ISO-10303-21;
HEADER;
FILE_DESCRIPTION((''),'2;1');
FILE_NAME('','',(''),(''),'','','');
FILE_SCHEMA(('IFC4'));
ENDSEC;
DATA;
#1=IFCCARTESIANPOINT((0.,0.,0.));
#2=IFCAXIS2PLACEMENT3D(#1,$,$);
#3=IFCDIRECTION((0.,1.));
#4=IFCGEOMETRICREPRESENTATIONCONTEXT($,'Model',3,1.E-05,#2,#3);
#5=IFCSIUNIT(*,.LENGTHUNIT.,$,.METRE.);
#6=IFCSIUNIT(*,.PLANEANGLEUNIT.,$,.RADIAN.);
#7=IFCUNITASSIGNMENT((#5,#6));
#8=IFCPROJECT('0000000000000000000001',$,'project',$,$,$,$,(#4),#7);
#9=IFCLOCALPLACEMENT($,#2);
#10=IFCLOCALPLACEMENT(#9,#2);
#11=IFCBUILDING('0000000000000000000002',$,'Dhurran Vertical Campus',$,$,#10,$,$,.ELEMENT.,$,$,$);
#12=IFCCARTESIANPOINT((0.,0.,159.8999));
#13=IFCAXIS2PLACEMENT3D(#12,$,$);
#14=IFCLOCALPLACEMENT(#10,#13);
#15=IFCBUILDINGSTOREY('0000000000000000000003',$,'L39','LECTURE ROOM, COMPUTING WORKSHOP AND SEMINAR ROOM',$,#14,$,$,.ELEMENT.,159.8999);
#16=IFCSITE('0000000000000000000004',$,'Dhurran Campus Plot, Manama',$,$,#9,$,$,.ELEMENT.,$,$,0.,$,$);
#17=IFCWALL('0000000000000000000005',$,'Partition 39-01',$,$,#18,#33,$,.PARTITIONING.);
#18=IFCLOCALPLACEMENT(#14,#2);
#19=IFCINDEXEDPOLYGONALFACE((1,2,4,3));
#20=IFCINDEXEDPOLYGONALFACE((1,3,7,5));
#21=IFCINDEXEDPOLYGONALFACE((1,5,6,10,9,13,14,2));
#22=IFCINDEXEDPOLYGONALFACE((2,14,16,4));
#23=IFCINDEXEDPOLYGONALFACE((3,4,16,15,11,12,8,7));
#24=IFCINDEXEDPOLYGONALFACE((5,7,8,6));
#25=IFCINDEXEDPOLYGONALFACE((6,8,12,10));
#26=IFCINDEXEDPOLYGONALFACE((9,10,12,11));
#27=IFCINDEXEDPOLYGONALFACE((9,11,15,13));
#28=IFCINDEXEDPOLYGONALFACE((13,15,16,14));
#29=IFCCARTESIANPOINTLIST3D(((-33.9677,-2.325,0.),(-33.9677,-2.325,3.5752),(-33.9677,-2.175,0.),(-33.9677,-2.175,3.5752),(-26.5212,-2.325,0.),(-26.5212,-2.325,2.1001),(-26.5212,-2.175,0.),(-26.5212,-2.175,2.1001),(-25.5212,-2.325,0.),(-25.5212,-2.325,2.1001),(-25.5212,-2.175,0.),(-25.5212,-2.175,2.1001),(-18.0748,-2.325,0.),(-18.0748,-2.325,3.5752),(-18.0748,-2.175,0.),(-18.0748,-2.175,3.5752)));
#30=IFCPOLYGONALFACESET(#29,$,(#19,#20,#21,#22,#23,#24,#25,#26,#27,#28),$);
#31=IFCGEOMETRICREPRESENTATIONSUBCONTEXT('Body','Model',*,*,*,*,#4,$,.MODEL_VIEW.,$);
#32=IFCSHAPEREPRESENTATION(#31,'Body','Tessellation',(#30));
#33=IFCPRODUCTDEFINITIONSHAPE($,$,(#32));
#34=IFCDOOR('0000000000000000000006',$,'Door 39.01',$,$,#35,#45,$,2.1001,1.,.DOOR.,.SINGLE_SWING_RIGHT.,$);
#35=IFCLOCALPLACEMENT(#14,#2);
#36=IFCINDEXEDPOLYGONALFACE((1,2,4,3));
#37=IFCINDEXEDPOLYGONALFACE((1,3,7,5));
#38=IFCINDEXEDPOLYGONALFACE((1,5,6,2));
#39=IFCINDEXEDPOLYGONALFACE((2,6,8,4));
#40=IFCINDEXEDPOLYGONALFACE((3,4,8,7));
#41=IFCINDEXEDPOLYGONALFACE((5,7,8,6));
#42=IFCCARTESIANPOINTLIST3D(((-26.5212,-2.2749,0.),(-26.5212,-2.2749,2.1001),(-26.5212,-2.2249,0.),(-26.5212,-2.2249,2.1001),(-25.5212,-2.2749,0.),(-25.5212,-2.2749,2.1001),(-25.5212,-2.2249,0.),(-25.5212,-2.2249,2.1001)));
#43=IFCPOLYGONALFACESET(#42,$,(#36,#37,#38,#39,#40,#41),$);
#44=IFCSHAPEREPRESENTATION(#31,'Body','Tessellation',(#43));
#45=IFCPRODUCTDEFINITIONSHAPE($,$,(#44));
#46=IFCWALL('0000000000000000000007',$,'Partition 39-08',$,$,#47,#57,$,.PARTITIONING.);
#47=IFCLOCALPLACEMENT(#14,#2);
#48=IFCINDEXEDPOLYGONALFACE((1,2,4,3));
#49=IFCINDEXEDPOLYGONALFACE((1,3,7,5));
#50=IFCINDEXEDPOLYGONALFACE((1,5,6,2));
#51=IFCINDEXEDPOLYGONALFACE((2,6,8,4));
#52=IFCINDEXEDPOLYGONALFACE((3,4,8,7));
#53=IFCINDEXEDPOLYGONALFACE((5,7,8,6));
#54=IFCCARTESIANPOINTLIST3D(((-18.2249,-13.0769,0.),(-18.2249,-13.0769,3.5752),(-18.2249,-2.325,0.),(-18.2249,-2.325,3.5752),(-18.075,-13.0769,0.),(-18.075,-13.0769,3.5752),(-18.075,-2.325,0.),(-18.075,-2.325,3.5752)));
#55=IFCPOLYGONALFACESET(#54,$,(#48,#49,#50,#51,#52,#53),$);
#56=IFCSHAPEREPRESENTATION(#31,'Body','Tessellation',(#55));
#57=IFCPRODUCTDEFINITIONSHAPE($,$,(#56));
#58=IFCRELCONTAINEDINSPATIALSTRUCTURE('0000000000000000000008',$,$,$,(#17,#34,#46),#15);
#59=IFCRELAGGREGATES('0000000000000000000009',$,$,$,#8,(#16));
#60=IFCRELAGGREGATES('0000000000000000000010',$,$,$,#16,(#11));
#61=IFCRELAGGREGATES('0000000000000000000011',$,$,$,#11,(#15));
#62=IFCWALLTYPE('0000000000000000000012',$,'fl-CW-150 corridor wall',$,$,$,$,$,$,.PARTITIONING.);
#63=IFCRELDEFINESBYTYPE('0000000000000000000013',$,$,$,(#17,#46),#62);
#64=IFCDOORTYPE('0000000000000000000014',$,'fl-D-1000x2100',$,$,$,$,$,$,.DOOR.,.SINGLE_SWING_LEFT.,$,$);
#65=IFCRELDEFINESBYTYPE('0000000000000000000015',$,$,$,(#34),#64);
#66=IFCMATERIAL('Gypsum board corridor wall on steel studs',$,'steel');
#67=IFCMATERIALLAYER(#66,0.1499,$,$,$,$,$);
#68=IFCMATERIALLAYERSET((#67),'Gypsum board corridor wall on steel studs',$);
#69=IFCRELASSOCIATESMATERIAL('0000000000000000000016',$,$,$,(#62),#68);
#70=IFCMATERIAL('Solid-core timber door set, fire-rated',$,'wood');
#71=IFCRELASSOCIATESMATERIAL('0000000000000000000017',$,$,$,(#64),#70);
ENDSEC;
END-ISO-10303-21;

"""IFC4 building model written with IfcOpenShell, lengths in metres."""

from ifc_helpers import new_model, si_unit, direction, frame, frame_2d, origin, place, context, subcontext, project, spatial, rectangle, extrude, material, layer, layer_set, type_object, element, fill, save


model = new_model("IFC4")

# Units and contexts
model_context = context("Model", 3, precision=1e-05, world=origin(), true_north=direction((0.0, 1.0)))
body_context = subcontext(model_context, "Body", "Model", "MODEL_VIEW")
ifc_project = project(units=[si_unit("LENGTHUNIT", "METRE"), si_unit("PLANEANGLEUNIT", "RADIAN")], contexts=[model_context])

# Site, building, storey
site_placement = place(None, origin())
site = spatial("IfcSite", under=ifc_project, at=site_placement, Name="Dhurran Campus Plot, Manama", CompositionType="ELEMENT", RefElevation=0.0)
building_placement = place(site_placement, origin())
building = spatial("IfcBuilding", under=site, at=building_placement, Name="Dhurran Vertical Campus", CompositionType="ELEMENT")
storey_placement = place(building_placement, frame((0.0, 0.0, 159.8999)))
storey = spatial("IfcBuildingStorey", under=building, at=storey_placement, Name="L39", Description="LECTURE ROOM, COMPUTING WORKSHOP AND SEMINAR ROOM", CompositionType="ELEMENT", Elevation=159.8999)

# Wall, opening, door
ifc_material_1 = material(Name="Gypsum board corridor wall on steel studs", Category="steel")
ifc_layer_1 = layer(ifc_material_1, 0.1499)
ifc_layer_set_1 = layer_set([ifc_layer_1], Name="Gypsum board corridor wall on steel studs")
wall_type_1 = type_object("IfcWallType", Name="fl-CW-150 corridor wall", PredefinedType="PARTITIONING", material=ifc_layer_set_1)
wall_1_placement = place(storey_placement, frame((-18.075, -2.25, 0.0), z_axis=(0.0, 0.0, 1.0), x_axis=(-1.0, 0.0, 0.0)))
wall_1 = element("IfcWall", 1, at=wall_1_placement, inside=storey, type_object=wall_type_1, Name="Partition 39-01", PredefinedType="PARTITIONING", context=body_context, shape_type="SweptSolid", body=[
    extrude(rectangle(XDim=15.8928, YDim=0.1499, at=frame_2d((7.9463, 0.0))), origin(), (0.0, 0.0, 1.0), 3.5752),
])
opening_1_placement = place(wall_1_placement, frame((7.4463, 0.0, 0.0)))
opening_1 = element("IfcOpeningElement", 2, at=opening_1_placement, cuts=wall_1, PredefinedType="OPENING", context=body_context, shape_type="SweptSolid", body=[
    extrude(rectangle(XDim=1.0, YDim=2.1001, at=frame_2d((0.5, 1.05))), frame((0.0, 0.085, 0.0), z_axis=(0.0, -1.0, 0.0), x_axis=(1.0, 0.0, 0.0)), (0.0, 0.0, 1.0), 0.1699),
])
ifc_material_2 = material(Name="Solid-core timber door set, fire-rated", Category="wood")
door_type_1 = type_object("IfcDoorType", Name="fl-D-1000x2100", OperationType="SINGLE_SWING_LEFT", PredefinedType="DOOR", material=ifc_material_2)
door_1_placement = place(opening_1_placement, origin())
door_1 = element("IfcDoor", 3, at=door_1_placement, inside=storey, type_object=door_type_1, Name="Door 39.01", OperationType="SINGLE_SWING_RIGHT", OverallHeight=2.1001, OverallWidth=1.0, PredefinedType="DOOR", context=body_context, shape_type="SweptSolid", body=[
    extrude(rectangle(XDim=1.0, YDim=2.1001, at=frame_2d((0.5, 1.05))), frame((0.0, 0.0249, 0.0), z_axis=(0.0, -1.0, 0.0), x_axis=(1.0, 0.0, 0.0)), (0.0, 0.0, 1.0), 0.05),
])
fill(opening_1, door_1)

# Wall
wall_2_placement = place(storey_placement, frame((-18.1499, -2.325, 0.0), z_axis=(0.0, 0.0, 1.0), x_axis=(0.0, -1.0, 0.0)))
element("IfcWall", 4, at=wall_2_placement, inside=storey, type_object=wall_type_1, Name="Partition 39-08", PredefinedType="PARTITIONING", context=body_context, shape_type="SweptSolid", body=[
    extrude(rectangle(XDim=10.752, YDim=0.1499, at=frame_2d((5.376, 0.0))), origin(), (0.0, 0.0, 1.0), 3.5752),
])

save(model, "model.ifc")
